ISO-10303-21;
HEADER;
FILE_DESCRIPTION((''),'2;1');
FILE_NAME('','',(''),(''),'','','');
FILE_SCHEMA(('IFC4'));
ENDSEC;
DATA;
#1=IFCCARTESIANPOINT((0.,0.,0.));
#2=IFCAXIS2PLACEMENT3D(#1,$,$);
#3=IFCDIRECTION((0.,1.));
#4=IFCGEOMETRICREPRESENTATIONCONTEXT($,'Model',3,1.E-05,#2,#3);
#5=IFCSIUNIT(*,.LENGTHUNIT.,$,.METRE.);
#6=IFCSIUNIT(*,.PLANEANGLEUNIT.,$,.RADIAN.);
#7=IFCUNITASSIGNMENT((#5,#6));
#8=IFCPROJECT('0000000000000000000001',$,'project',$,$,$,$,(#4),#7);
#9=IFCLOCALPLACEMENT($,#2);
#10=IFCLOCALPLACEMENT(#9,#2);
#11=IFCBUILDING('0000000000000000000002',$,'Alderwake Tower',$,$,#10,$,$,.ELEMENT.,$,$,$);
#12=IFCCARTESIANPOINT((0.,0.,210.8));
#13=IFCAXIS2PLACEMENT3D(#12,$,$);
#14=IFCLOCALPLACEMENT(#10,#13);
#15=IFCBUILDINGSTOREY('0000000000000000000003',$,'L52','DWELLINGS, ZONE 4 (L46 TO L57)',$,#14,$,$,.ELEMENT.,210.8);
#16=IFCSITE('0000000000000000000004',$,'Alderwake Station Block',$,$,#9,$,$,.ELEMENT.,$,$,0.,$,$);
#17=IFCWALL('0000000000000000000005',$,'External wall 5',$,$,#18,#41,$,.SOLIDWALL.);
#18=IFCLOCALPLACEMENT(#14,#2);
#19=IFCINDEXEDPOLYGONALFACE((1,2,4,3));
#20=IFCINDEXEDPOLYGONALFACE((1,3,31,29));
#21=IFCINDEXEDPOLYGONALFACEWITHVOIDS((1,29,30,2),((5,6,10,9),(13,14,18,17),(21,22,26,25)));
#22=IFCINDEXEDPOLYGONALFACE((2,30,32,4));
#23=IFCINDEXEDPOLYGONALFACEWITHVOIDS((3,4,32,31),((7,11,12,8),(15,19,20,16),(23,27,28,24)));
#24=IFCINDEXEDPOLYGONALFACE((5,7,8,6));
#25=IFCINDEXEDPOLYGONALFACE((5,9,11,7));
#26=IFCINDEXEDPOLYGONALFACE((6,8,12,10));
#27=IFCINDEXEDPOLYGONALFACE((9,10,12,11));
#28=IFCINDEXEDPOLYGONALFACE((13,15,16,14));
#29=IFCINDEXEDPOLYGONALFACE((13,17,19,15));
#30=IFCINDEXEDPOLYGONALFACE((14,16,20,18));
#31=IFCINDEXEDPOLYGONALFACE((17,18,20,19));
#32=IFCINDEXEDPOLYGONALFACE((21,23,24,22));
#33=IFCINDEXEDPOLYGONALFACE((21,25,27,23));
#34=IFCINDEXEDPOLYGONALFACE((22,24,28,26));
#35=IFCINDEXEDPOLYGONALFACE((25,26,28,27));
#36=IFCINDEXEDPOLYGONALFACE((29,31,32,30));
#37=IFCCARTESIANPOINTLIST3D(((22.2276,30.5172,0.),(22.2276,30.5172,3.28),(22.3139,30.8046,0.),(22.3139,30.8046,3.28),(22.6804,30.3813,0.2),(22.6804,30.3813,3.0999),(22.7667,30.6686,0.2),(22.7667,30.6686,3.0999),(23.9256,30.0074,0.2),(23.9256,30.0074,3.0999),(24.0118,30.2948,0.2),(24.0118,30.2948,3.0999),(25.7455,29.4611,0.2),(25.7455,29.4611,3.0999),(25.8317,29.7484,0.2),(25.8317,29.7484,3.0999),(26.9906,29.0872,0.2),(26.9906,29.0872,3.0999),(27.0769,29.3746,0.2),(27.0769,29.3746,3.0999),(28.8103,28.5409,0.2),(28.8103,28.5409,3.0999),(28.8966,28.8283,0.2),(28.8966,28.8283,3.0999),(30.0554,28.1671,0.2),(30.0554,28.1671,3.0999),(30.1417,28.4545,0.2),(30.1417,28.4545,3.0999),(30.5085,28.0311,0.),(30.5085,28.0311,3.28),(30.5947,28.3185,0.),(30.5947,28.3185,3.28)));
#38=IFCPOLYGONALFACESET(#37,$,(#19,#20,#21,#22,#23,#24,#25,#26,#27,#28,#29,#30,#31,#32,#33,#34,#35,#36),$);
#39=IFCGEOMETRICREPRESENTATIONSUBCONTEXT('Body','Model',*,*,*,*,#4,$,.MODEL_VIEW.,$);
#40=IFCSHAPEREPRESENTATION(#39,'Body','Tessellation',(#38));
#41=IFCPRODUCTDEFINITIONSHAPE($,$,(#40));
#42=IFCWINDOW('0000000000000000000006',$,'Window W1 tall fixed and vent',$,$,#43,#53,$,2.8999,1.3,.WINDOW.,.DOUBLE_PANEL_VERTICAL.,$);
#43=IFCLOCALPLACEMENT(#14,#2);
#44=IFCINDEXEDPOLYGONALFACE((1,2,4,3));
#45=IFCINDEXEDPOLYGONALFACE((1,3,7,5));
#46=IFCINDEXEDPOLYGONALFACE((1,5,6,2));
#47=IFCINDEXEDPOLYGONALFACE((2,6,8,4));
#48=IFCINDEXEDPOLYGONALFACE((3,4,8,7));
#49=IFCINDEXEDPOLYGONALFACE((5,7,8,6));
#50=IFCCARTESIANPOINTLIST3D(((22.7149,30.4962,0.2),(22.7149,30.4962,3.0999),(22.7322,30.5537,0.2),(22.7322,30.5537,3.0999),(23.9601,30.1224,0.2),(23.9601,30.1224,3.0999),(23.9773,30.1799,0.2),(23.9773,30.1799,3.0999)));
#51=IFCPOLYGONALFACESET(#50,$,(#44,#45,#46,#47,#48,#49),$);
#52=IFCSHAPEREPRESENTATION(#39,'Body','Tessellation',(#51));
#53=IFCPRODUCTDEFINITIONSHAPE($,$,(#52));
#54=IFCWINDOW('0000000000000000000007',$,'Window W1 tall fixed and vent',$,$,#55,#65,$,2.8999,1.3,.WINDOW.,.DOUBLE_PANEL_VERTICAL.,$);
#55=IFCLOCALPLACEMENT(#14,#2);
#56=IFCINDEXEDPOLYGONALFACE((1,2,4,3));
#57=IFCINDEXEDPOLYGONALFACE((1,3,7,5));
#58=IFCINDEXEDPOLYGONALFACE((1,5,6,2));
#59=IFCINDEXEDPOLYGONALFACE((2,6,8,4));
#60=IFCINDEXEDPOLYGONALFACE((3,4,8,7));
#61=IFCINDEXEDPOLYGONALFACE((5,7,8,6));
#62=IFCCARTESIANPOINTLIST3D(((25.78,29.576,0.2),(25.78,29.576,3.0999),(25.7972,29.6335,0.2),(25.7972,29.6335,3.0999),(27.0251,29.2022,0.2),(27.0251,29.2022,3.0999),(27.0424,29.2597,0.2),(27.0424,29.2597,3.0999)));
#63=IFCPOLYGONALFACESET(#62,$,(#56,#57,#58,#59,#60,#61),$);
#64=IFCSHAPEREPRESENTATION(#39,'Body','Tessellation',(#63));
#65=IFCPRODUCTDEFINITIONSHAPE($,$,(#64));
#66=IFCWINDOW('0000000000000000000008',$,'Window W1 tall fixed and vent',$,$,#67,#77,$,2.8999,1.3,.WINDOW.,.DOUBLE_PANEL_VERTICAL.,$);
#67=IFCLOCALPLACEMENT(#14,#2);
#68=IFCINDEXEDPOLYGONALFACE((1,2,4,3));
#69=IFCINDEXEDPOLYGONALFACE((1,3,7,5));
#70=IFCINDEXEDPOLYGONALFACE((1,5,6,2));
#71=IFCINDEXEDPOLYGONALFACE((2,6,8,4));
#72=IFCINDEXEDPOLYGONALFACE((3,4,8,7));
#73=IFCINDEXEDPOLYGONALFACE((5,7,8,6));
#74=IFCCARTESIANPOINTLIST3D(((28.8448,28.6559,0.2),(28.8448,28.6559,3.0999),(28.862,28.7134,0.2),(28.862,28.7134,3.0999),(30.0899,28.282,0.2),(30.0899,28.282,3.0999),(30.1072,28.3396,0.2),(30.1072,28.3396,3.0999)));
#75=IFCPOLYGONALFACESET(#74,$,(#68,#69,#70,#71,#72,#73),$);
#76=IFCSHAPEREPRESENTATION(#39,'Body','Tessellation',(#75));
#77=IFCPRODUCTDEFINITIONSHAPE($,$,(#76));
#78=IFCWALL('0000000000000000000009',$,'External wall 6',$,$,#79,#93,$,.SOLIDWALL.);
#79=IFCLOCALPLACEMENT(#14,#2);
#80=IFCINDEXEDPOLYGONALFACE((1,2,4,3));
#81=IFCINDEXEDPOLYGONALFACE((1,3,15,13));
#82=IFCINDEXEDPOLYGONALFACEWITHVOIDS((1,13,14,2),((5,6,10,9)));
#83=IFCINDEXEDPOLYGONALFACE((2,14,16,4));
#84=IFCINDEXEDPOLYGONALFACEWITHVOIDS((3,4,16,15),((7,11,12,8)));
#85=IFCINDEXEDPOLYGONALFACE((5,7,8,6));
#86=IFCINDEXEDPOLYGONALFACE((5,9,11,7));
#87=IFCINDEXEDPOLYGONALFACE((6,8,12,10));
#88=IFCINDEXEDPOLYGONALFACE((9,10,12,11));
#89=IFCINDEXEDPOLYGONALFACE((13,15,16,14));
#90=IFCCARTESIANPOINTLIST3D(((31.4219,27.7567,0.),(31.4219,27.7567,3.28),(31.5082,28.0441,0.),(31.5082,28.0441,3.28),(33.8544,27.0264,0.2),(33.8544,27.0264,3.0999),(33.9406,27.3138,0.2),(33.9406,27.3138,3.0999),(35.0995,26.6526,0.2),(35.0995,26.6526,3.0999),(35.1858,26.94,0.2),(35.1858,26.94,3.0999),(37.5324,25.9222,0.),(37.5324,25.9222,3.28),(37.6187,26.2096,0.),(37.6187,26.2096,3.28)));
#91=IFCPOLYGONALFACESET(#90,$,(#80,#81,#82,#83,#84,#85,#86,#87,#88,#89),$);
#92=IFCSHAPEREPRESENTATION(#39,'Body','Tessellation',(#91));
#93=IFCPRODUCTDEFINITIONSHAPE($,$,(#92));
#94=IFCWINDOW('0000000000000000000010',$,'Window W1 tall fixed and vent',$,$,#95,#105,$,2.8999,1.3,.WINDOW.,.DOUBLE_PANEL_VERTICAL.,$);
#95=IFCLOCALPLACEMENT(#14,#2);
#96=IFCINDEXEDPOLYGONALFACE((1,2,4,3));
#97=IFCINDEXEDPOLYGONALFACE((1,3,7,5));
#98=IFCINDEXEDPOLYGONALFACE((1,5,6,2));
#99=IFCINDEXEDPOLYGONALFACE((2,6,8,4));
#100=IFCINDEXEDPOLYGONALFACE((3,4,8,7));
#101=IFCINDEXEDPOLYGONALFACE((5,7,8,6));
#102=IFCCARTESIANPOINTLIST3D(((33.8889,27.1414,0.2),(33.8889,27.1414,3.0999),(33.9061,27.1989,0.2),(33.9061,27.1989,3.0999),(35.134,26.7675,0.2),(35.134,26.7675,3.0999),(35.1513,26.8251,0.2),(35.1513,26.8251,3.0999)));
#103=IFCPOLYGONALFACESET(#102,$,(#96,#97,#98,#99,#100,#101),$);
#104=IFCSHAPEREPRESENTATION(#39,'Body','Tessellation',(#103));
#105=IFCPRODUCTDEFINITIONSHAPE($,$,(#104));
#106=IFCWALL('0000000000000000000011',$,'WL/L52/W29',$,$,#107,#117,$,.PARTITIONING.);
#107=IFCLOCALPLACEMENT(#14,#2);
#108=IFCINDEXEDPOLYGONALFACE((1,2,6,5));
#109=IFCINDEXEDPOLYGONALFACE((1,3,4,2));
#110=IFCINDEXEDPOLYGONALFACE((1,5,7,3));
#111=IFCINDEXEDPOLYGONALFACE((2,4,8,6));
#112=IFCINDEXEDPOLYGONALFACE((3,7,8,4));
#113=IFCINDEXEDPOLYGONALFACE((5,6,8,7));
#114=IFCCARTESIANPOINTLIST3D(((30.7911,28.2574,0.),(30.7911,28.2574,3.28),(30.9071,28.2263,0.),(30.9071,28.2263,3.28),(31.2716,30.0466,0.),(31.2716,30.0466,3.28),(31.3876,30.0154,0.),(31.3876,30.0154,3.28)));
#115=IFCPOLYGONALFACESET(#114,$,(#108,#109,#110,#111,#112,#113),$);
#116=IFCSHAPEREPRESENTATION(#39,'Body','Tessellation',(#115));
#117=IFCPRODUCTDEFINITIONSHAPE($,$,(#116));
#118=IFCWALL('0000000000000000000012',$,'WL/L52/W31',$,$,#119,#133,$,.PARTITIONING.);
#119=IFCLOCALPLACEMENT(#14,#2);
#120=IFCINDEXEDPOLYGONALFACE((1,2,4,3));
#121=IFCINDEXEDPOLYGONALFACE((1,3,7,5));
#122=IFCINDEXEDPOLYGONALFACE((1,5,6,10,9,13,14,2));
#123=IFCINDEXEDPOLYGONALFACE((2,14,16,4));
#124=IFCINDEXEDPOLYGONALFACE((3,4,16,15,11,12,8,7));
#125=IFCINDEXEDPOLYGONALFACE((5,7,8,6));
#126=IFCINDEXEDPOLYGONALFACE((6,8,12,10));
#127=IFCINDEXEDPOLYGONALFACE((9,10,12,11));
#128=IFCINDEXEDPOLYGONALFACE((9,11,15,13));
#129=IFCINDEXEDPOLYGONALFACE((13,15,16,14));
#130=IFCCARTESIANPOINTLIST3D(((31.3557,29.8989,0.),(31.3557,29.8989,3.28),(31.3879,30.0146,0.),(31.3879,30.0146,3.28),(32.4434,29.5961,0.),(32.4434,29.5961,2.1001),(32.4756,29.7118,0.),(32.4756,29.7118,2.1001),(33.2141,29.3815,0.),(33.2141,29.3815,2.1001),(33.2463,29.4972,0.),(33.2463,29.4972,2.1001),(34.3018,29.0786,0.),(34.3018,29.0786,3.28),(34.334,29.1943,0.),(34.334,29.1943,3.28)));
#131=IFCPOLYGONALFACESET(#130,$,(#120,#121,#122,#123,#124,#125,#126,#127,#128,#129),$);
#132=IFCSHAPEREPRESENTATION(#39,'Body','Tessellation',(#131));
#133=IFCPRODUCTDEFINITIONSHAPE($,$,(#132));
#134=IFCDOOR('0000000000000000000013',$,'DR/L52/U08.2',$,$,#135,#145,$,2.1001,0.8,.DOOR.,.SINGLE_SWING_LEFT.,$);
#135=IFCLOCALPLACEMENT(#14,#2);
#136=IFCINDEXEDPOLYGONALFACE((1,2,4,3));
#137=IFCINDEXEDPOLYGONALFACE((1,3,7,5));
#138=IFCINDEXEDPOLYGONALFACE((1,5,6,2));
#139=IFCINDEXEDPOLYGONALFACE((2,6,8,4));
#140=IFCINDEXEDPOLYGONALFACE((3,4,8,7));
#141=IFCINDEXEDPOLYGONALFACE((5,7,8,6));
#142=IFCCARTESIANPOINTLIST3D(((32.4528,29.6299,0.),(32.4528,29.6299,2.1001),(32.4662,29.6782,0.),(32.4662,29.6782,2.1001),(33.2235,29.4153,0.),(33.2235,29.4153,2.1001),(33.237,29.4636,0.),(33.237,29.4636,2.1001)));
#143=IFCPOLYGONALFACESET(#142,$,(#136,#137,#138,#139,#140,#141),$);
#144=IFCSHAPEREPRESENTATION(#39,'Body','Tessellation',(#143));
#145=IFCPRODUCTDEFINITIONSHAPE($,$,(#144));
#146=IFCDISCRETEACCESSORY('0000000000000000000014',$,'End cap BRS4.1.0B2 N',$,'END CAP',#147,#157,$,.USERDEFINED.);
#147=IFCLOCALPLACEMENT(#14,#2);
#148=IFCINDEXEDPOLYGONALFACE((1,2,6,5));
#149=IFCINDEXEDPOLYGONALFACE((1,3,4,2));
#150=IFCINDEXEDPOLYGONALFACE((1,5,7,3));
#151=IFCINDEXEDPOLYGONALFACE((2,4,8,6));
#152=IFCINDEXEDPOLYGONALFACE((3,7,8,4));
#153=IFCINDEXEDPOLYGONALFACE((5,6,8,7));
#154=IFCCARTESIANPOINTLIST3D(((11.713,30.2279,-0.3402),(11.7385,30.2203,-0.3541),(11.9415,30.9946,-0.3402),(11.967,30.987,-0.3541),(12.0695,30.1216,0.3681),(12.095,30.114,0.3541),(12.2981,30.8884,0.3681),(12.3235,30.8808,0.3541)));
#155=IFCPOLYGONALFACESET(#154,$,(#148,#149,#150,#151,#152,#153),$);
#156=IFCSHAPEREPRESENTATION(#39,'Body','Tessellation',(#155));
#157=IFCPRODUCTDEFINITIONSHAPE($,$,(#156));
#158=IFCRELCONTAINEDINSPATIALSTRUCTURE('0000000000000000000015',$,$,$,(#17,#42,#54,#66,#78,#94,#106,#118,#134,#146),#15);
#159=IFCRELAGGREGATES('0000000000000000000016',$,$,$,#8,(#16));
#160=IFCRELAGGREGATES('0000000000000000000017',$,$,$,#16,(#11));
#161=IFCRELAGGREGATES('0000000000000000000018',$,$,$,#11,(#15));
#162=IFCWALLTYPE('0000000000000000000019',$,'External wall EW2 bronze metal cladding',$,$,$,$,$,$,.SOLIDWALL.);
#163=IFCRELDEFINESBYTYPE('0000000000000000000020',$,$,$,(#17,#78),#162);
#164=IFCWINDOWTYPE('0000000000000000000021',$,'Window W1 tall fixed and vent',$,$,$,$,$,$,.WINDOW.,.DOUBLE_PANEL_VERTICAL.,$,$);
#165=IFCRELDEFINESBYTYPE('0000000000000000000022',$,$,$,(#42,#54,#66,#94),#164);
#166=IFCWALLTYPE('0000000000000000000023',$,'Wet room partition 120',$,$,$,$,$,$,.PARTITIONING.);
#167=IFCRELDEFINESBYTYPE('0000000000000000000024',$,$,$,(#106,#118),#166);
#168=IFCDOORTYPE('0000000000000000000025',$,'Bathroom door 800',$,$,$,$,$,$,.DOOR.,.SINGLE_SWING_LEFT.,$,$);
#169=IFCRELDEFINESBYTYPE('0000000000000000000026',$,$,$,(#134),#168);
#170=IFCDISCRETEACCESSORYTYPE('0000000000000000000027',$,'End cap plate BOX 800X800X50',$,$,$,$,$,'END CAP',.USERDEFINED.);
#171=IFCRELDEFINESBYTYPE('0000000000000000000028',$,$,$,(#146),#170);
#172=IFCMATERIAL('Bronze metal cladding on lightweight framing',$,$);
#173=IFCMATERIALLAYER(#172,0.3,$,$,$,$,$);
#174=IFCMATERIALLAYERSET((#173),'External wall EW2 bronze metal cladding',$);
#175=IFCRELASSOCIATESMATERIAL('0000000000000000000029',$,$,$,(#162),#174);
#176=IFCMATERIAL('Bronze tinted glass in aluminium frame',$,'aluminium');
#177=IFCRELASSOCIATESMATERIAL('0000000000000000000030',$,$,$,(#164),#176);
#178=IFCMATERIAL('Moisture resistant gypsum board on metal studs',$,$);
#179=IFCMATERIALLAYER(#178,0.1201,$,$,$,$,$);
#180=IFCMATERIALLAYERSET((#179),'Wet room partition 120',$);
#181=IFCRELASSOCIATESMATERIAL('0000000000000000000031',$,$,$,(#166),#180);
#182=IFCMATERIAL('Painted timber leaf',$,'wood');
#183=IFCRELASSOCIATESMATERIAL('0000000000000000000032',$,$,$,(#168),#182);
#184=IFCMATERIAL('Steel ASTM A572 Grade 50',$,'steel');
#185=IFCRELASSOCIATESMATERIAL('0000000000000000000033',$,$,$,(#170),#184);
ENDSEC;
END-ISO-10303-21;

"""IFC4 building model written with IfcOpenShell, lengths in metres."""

from ifc_helpers import new_model, si_unit, direction, frame, frame_2d, origin, origin_2d, place, context, subcontext, project, spatial, rectangle, extrude, material, layer, layer_set, material_profile, profile_set, type_object, element, fill, save


model = new_model("IFC4")

# Units and contexts
model_context = context("Model", 3, precision=1e-05, world=origin(), true_north=direction((0.0, 1.0)))
body_context = subcontext(model_context, "Body", "Model", "MODEL_VIEW")
ifc_project = project(units=[si_unit("LENGTHUNIT", "METRE"), si_unit("PLANEANGLEUNIT", "RADIAN")], contexts=[model_context])

# Site, building, storey
site_placement = place(None, origin())
site = spatial("IfcSite", under=ifc_project, at=site_placement, Name="Alderwake Station Block", CompositionType="ELEMENT", RefElevation=0.0)
building_placement = place(site_placement, origin())
building = spatial("IfcBuilding", under=site, at=building_placement, Name="Alderwake Tower", CompositionType="ELEMENT")
storey_placement = place(building_placement, frame((0.0, 0.0, 210.8)))
storey = spatial("IfcBuildingStorey", under=building, at=storey_placement, Name="L52", Description="DWELLINGS, ZONE 4 (L46 TO L57)", CompositionType="ELEMENT", Elevation=210.8)

# Wall, openings, windows
ifc_material_1 = material(Name="Bronze metal cladding on lightweight framing")
ifc_layer_1 = layer(ifc_material_1, 0.3)
ifc_layer_set_1 = layer_set([ifc_layer_1], Name="External wall EW2 bronze metal cladding")
wall_type_1 = type_object("IfcWallType", Name="External wall EW2 bronze metal cladding", PredefinedType="SOLIDWALL", material=ifc_layer_set_1)
wall_1_placement = place(storey_placement, frame((22.2708, 30.6609, 0.0), z_axis=(0.0, 0.0, 1.0), x_axis=(0.957767, -0.287545, 0.0)))
wall_1 = element("IfcWall", 1, at=wall_1_placement, inside=storey, type_object=wall_type_1, Name="External wall 5", PredefinedType="SOLIDWALL", context=body_context, shape_type="SweptSolid", body=[
    extrude(rectangle(XDim=8.646, YDim=0.3, at=frame_2d((4.323, 0.0))), origin(), (0.0, 0.0, 1.0), 3.28),
])
opening_1_placement = place(wall_1_placement, frame((0.4729, 0.0, 0.2)))
opening_1 = element("IfcOpeningElement", 2, at=opening_1_placement, cuts=wall_1, PredefinedType="OPENING", context=body_context, shape_type="SweptSolid", body=[
    extrude(rectangle(XDim=1.3, YDim=2.8999, at=frame_2d((0.6499, 1.45))), frame((0.0, 0.1599, 0.0), z_axis=(0.0, -1.0, 0.0), x_axis=(1.0, 0.0, 0.0)), (0.0, 0.0, 1.0), 0.3201),
])
opening_2_placement = place(wall_1_placement, frame((3.6731, 0.0, 0.2)))
opening_2 = element("IfcOpeningElement", 3, at=opening_2_placement, cuts=wall_1, PredefinedType="OPENING", context=body_context, shape_type="SweptSolid", body=[
    extrude(rectangle(XDim=1.3, YDim=2.8999, at=frame_2d((0.6499, 1.45))), frame((0.0, 0.1599, 0.0), z_axis=(0.0, -1.0, 0.0), x_axis=(1.0, 0.0, 0.0)), (0.0, 0.0, 1.0), 0.3201),
])
opening_3_placement = place(wall_1_placement, frame((6.873, 0.0, 0.2)))
opening_3 = element("IfcOpeningElement", 4, at=opening_3_placement, cuts=wall_1, PredefinedType="OPENING", context=body_context, shape_type="SweptSolid", body=[
    extrude(rectangle(XDim=1.3, YDim=2.8999, at=frame_2d((0.6499, 1.45))), frame((0.0, 0.1599, 0.0), z_axis=(0.0, -1.0, 0.0), x_axis=(1.0, 0.0, 0.0)), (0.0, 0.0, 1.0), 0.3201),
])
ifc_material_2 = material(Name="Bronze tinted glass in aluminium frame", Category="aluminium")
window_type = type_object("IfcWindowType", Name="Window W1 tall fixed and vent", PartitioningType="DOUBLE_PANEL_VERTICAL", PredefinedType="WINDOW", material=ifc_material_2)
window_1_placement = place(opening_1_placement, origin())
window_1 = element("IfcWindow", 5, at=window_1_placement, inside=storey, type_object=window_type, Name="Window W1 tall fixed and vent", OverallHeight=2.8999, OverallWidth=1.3, PartitioningType="DOUBLE_PANEL_VERTICAL", PredefinedType="WINDOW", context=body_context, shape_type="SweptSolid", body=[
    extrude(rectangle(XDim=1.3, YDim=2.8999, at=frame_2d((0.6499, 1.45))), frame((0.0, 0.03, 0.0), z_axis=(0.0, -1.0, 0.0), x_axis=(1.0, 0.0, 0.0)), (0.0, 0.0, 1.0), 0.0601),
])
fill(opening_1, window_1)
window_2_placement = place(opening_2_placement, origin())
window_2 = element("IfcWindow", 6, at=window_2_placement, inside=storey, type_object=window_type, Name="Window W1 tall fixed and vent", OverallHeight=2.8999, OverallWidth=1.3, PartitioningType="DOUBLE_PANEL_VERTICAL", PredefinedType="WINDOW", context=body_context, shape_type="SweptSolid", body=[
    extrude(rectangle(XDim=1.3, YDim=2.8999, at=frame_2d((0.6499, 1.45))), frame((0.0, 0.03, 0.0), z_axis=(0.0, -1.0, 0.0), x_axis=(1.0, 0.0, 0.0)), (0.0, 0.0, 1.0), 0.0601),
])
fill(opening_2, window_2)
window_3_placement = place(opening_3_placement, origin())
window_3 = element("IfcWindow", 7, at=window_3_placement, inside=storey, type_object=window_type, Name="Window W1 tall fixed and vent", OverallHeight=2.8999, OverallWidth=1.3, PartitioningType="DOUBLE_PANEL_VERTICAL", PredefinedType="WINDOW", context=body_context, shape_type="SweptSolid", body=[
    extrude(rectangle(XDim=1.3, YDim=2.8999, at=frame_2d((0.6499, 1.45))), frame((0.0, 0.03, 0.0), z_axis=(0.0, -1.0, 0.0), x_axis=(1.0, 0.0, 0.0)), (0.0, 0.0, 1.0), 0.0601),
])
fill(opening_3, window_3)

# Wall, opening, window
wall_2_placement = place(storey_placement, frame((31.4651, 27.9004, 0.0), z_axis=(0.0, 0.0, 1.0), x_axis=(0.957767, -0.287544, 0.0)))
wall_2 = element("IfcWall", 8, at=wall_2_placement, inside=storey, type_object=wall_type_1, Name="External wall 6", PredefinedType="SOLIDWALL", context=body_context, shape_type="SweptSolid", body=[
    extrude(rectangle(XDim=6.3799, YDim=0.3, at=frame_2d((3.1899, 0.0))), origin(), (0.0, 0.0, 1.0), 3.28),
])
opening_4_placement = place(wall_2_placement, frame((2.5398, 0.0, 0.2)))
opening_4 = element("IfcOpeningElement", 9, at=opening_4_placement, cuts=wall_2, PredefinedType="OPENING", context=body_context, shape_type="SweptSolid", body=[
    extrude(rectangle(XDim=1.3, YDim=2.8999, at=frame_2d((0.6499, 1.45))), frame((0.0, 0.1599, 0.0), z_axis=(0.0, -1.0, 0.0), x_axis=(1.0, 0.0, 0.0)), (0.0, 0.0, 1.0), 0.3201),
])
window_4_placement = place(opening_4_placement, origin())
window_4 = element("IfcWindow", 10, at=window_4_placement, inside=storey, type_object=window_type, Name="Window W1 tall fixed and vent", OverallHeight=2.8999, OverallWidth=1.3, PartitioningType="DOUBLE_PANEL_VERTICAL", PredefinedType="WINDOW", context=body_context, shape_type="SweptSolid", body=[
    extrude(rectangle(XDim=1.3, YDim=2.8999, at=frame_2d((0.6499, 1.45))), frame((0.0, 0.03, 0.0), z_axis=(0.0, -1.0, 0.0), x_axis=(1.0, 0.0, 0.0)), (0.0, 0.0, 1.0), 0.0601),
])
fill(opening_4, window_4)

# Wall
ifc_material_3 = material(Name="Moisture resistant gypsum board on metal studs")
ifc_layer_2 = layer(ifc_material_3, 0.1201)
ifc_layer_set_2 = layer_set([ifc_layer_2], Name="Wet room partition 120")
wall_type_2 = type_object("IfcWallType", Name="Wet room partition 120", PredefinedType="PARTITIONING", material=ifc_layer_set_2)
wall_3_placement = place(storey_placement, frame((31.3296, 30.031, 0.0), z_axis=(0.0, 0.0, 1.0), x_axis=(-0.259368, -0.965778, 0.0)))
element("IfcWall", 11, at=wall_3_placement, inside=storey, type_object=wall_type_2, Name="WL/L52/W29", PredefinedType="PARTITIONING", context=body_context, shape_type="SweptSolid", body=[
    extrude(rectangle(XDim=1.8525, YDim=0.1201, at=frame_2d((0.9263, 0.0))), origin(), (0.0, 0.0, 1.0), 3.28),
])

# Wall, opening, door
wall_4_placement = place(storey_placement, frame((34.3179, 29.1365, 0.0), z_axis=(0.0, 0.0, 1.0), x_axis=(-0.963352, 0.268241, 0.0)))
wall_4 = element("IfcWall", 12, at=wall_4_placement, inside=storey, type_object=wall_type_2, Name="WL/L52/W31", PredefinedType="PARTITIONING", context=body_context, shape_type="SweptSolid", body=[
    extrude(rectangle(XDim=3.0581, YDim=0.1201, at=frame_2d((1.5291, 0.0))), origin(), (0.0, 0.0, 1.0), 3.28),
])
opening_5_placement = place(wall_4_placement, frame((1.1292, 0.0, 0.0)))
opening_5 = element("IfcOpeningElement", 13, at=opening_5_placement, cuts=wall_4, PredefinedType="OPENING", context=body_context, shape_type="SweptSolid", body=[
    extrude(rectangle(XDim=0.8, YDim=2.1001, at=frame_2d((0.3999, 1.05))), frame((0.0, 0.0701, 0.0), z_axis=(0.0, -1.0, 0.0), x_axis=(1.0, 0.0, 0.0)), (0.0, 0.0, 1.0), 0.1401),
])
ifc_material_4 = material(Name="Painted timber leaf", Category="wood")
door_type_1 = type_object("IfcDoorType", Name="Bathroom door 800", OperationType="SINGLE_SWING_LEFT", PredefinedType="DOOR", material=ifc_material_4)
door_1_placement = place(opening_5_placement, origin())
door_1 = element("IfcDoor", 14, at=door_1_placement, inside=storey, type_object=door_type_1, Name="DR/L52/U08.2", OperationType="SINGLE_SWING_LEFT", OverallHeight=2.1001, OverallWidth=0.8, PredefinedType="DOOR", context=body_context, shape_type="SweptSolid", body=[
    extrude(rectangle(XDim=0.8, YDim=2.1001, at=frame_2d((0.3999, 1.05))), frame((0.0, 0.0249, 0.0), z_axis=(0.0, -1.0, 0.0), x_axis=(1.0, 0.0, 0.0)), (0.0, 0.0, 1.0), 0.05),
])
fill(opening_5, door_1)

# Discrete accessory
ifc_material_5 = material(Name="Steel ASTM A572 Grade 50", Category="steel")
ifc_material_profile_1 = material_profile(ifc_material_5, rectangle(XDim=0.8, YDim=0.8, at=origin_2d()), Name="BOX 800X800X50 cap")
ifc_profile_set_1 = profile_set([ifc_material_profile_1], Name="Steel ASTM A572 Grade 50")
discrete_accessory_type_1 = type_object("IfcDiscreteAccessoryType", Name="End cap plate BOX 800X800X50", ElementType="END CAP", PredefinedType="USERDEFINED", material=ifc_profile_set_1)
discrete_accessory_1_placement = place(storey_placement, frame((12.031, 30.5505, 0.0), z_axis=(-0.848421, 0.252895, 0.465), x_axis=(-0.285657, -0.958332, 0.0)))
element("IfcDiscreteAccessory", 15, at=discrete_accessory_1_placement, inside=storey, type_object=discrete_accessory_type_1, Name="End cap BRS4.1.0B2 N", ObjectType="END CAP", PredefinedType="USERDEFINED", context=body_context, shape_type="SweptSolid", body=[
    extrude(rectangle(XDim=0.8, YDim=0.8, at=origin_2d()), origin(), (0.0, 0.0, 1.0), 0.03),
])

save(model, "model.ifc")
